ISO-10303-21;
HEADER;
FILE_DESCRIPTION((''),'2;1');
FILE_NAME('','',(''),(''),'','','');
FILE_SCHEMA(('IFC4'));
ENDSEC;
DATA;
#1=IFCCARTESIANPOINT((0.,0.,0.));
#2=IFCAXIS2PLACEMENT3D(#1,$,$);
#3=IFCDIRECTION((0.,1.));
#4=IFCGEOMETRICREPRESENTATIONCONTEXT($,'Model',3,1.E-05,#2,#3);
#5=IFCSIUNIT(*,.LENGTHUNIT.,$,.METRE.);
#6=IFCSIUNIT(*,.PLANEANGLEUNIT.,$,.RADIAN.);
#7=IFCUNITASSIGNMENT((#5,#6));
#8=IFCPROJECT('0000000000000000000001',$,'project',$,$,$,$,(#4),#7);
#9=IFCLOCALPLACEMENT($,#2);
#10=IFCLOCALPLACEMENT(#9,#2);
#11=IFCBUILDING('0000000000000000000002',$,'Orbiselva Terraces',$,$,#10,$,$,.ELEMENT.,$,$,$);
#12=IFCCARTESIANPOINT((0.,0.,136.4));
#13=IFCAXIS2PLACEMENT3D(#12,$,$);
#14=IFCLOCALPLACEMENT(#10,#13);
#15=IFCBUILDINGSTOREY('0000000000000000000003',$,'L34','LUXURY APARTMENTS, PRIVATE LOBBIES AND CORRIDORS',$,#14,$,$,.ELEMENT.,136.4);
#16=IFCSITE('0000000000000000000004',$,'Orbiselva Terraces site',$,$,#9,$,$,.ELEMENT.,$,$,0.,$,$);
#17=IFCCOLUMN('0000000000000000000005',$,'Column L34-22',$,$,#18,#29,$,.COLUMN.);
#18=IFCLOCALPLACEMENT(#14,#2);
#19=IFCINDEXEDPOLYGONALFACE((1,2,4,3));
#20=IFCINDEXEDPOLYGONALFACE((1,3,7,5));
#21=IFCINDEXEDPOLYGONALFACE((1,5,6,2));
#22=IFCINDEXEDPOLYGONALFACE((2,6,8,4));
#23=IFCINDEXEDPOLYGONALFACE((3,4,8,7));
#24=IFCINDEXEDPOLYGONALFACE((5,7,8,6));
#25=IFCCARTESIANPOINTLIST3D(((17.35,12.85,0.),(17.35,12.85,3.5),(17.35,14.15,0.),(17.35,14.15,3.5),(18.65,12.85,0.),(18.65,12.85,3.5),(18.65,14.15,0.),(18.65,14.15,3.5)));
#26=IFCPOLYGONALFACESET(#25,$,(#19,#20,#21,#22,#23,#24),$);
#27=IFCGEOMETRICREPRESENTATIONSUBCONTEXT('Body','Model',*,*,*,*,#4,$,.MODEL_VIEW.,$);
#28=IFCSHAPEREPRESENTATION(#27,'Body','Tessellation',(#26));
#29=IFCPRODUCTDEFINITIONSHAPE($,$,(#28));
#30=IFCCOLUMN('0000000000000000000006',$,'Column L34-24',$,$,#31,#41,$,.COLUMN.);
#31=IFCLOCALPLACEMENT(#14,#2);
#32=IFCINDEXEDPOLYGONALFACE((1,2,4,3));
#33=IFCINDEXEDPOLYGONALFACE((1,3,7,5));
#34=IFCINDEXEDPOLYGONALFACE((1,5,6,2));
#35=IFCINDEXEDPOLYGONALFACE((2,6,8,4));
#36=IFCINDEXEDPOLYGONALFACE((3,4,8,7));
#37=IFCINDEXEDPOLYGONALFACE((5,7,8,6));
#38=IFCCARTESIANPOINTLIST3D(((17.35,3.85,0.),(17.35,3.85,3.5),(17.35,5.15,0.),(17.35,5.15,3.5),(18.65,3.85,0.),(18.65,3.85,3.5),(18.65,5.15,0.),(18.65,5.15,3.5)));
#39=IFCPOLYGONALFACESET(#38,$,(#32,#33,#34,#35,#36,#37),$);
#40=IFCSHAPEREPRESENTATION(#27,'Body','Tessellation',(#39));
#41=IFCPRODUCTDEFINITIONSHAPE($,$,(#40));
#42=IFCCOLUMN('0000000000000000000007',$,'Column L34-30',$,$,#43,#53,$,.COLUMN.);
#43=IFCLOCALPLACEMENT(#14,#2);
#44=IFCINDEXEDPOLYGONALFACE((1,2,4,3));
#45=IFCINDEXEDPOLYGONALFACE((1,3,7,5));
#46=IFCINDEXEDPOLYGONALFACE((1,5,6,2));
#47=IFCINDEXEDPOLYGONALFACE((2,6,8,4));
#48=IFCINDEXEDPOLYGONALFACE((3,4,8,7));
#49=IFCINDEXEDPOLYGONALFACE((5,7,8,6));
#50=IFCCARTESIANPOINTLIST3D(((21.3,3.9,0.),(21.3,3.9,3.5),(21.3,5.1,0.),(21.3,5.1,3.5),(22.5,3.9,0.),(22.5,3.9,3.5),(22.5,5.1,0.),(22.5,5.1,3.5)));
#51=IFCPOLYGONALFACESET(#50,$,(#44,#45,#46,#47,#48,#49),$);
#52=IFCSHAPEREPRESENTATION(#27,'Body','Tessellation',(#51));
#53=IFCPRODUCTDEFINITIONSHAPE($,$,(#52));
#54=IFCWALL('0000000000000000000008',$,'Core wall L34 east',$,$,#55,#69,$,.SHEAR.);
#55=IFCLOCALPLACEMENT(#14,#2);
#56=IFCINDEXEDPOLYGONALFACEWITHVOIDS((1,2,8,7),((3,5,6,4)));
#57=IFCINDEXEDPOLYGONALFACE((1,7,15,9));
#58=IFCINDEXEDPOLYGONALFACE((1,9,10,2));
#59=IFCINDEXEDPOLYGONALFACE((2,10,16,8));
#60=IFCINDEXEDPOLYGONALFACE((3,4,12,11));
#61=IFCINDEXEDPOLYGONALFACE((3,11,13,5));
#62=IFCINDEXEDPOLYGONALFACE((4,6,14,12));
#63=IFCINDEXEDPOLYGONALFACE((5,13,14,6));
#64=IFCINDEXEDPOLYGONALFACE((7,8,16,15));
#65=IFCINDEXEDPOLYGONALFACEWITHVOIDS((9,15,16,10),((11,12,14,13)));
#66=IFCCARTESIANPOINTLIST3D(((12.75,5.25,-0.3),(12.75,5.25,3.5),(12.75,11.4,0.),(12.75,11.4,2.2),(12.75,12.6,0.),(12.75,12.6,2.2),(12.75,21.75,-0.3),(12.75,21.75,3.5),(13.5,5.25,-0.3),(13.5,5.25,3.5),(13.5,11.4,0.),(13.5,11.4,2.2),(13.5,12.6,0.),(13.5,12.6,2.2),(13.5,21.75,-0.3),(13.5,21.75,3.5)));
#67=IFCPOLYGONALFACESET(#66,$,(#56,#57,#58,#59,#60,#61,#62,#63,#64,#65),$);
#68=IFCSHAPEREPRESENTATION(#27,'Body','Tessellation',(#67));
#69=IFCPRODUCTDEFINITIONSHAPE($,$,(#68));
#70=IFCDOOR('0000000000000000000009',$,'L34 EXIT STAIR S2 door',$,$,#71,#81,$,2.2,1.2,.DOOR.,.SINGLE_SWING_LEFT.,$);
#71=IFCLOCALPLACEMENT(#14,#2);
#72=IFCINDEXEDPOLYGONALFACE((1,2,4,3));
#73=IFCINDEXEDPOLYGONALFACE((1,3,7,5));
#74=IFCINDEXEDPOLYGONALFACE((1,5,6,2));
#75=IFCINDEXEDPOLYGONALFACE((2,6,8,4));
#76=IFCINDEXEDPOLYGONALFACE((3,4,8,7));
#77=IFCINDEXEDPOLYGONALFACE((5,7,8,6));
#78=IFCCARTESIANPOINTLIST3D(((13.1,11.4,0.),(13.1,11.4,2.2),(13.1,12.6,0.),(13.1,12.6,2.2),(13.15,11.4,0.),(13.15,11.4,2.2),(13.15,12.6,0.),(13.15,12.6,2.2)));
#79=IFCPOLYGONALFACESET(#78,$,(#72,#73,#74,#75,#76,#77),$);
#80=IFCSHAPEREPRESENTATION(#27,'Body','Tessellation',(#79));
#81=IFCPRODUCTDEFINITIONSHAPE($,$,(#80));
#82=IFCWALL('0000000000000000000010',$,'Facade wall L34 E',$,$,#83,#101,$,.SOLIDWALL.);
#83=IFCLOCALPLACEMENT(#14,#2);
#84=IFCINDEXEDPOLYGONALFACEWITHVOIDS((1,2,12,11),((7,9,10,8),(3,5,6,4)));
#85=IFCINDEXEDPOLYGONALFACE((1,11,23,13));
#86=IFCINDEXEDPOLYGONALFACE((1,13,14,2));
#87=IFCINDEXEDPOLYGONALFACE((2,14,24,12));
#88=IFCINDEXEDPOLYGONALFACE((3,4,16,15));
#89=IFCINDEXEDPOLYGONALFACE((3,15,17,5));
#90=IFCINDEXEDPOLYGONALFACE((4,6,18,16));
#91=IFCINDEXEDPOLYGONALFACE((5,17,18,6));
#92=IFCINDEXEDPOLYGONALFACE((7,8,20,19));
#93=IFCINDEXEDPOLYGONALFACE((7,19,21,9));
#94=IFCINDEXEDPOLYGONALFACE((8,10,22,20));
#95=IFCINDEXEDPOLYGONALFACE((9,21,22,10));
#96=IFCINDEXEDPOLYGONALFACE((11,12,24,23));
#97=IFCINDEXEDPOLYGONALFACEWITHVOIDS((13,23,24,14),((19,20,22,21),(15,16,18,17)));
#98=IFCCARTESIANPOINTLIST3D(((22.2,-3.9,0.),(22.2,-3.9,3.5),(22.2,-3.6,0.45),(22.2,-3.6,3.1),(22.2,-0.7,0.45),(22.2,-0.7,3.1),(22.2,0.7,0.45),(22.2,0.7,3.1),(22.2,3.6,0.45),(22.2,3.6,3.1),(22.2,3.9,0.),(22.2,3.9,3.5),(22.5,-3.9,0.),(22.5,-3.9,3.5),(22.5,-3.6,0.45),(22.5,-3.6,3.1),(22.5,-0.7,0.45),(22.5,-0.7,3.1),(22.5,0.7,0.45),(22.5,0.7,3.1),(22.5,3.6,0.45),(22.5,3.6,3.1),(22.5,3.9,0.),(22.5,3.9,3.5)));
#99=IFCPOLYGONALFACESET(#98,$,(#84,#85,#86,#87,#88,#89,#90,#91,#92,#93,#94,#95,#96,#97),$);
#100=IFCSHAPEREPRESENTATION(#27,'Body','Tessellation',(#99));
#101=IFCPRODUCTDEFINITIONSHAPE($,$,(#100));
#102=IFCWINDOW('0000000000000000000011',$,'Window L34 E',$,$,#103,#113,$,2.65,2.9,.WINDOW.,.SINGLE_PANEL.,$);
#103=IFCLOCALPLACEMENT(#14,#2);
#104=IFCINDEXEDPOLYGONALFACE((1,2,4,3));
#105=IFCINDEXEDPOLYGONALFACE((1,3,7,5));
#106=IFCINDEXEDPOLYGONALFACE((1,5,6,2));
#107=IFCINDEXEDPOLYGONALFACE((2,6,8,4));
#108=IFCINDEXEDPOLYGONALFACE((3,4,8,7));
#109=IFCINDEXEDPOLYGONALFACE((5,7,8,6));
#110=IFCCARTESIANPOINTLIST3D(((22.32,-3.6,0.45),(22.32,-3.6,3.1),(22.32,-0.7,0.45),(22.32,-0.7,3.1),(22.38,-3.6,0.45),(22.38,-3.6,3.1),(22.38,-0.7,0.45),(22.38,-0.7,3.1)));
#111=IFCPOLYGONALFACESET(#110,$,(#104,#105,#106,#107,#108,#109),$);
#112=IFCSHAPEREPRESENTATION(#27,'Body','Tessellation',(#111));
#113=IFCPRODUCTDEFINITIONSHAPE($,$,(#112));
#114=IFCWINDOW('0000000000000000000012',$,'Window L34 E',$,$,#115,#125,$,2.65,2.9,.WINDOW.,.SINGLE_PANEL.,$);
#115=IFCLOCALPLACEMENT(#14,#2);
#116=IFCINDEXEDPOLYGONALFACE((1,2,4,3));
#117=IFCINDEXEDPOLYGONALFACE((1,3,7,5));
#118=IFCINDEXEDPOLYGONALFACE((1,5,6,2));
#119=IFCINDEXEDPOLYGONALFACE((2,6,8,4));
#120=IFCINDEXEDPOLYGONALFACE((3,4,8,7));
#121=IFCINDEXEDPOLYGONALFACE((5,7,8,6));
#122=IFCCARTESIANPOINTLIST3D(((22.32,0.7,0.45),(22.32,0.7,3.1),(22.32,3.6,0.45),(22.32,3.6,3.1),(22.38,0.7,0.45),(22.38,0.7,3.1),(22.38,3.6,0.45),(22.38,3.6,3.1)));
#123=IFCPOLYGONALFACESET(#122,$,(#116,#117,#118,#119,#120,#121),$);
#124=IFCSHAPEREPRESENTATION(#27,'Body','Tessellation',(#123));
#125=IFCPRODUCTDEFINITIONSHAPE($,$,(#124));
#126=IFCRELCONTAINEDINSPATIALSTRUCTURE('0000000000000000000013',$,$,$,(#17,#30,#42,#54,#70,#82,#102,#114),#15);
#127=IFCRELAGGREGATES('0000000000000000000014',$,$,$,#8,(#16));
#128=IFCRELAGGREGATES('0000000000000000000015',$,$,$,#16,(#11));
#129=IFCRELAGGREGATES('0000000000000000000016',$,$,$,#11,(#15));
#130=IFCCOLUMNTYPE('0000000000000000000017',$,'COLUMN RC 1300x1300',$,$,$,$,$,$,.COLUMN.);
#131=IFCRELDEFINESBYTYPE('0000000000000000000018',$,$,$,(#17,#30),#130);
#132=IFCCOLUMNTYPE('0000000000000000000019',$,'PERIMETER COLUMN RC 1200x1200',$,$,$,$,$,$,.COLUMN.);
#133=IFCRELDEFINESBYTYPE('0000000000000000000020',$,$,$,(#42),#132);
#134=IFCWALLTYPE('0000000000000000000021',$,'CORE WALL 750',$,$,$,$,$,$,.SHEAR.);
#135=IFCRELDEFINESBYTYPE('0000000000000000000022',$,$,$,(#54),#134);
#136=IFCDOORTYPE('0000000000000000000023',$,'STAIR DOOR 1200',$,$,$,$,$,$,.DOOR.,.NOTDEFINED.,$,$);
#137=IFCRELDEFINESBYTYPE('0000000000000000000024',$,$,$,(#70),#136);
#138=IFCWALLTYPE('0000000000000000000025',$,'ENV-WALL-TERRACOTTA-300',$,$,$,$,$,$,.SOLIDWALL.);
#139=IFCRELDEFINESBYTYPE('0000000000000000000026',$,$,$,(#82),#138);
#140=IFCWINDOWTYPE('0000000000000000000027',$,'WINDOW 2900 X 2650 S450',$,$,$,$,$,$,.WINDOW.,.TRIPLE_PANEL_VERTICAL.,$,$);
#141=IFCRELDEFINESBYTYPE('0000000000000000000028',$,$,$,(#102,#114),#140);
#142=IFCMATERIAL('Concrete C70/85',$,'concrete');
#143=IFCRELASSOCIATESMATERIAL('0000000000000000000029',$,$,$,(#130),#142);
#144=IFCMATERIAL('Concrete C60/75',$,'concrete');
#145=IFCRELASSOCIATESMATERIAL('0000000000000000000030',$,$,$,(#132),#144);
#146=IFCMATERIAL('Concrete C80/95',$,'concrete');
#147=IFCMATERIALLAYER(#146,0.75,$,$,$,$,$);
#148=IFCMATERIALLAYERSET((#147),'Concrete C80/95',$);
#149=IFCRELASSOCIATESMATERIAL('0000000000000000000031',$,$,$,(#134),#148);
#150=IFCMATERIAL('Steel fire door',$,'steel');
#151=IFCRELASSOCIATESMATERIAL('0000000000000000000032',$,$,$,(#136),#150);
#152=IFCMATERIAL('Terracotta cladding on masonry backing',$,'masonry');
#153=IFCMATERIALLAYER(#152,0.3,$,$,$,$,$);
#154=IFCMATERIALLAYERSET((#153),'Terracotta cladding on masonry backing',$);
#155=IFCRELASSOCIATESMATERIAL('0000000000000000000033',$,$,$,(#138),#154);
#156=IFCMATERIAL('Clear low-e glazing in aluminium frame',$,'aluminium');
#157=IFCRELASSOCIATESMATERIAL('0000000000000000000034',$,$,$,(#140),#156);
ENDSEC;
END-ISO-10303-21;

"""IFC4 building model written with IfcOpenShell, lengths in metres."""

from ifc_helpers import new_model, si_unit, direction, frame, frame_2d, origin, origin_2d, place, context, subcontext, project, spatial, rectangle, extrude, material, layer, layer_set, material_profile, profile_set, type_object, element, fill, save


model = new_model("IFC4")

# Units and contexts
model_context = context("Model", 3, precision=1e-05, world=origin(), true_north=direction((0.0, 1.0)))
body_context = subcontext(model_context, "Body", "Model", "MODEL_VIEW")
ifc_project = project(units=[si_unit("LENGTHUNIT", "METRE"), si_unit("PLANEANGLEUNIT", "RADIAN")], contexts=[model_context])

# Site, building, storey
site_placement = place(None, origin())
site = spatial("IfcSite", under=ifc_project, at=site_placement, Name="Orbiselva Terraces site", CompositionType="ELEMENT", RefElevation=0.0)
building_placement = place(site_placement, origin())
building = spatial("IfcBuilding", under=site, at=building_placement, Name="Orbiselva Terraces", CompositionType="ELEMENT")
storey_placement = place(building_placement, frame((0.0, 0.0, 136.4)))
storey = spatial("IfcBuildingStorey", under=building, at=storey_placement, Name="L34", Description="LUXURY APARTMENTS, PRIVATE LOBBIES AND CORRIDORS", CompositionType="ELEMENT", Elevation=136.4)

# Columns
ifc_material_1 = material(Name="Concrete C70/85", Category="concrete")
ifc_material_profile_1 = material_profile(ifc_material_1, rectangle(XDim=1.3, YDim=1.3, at=origin_2d()), Name="RC 1300x1300")
ifc_profile_set_1 = profile_set([ifc_material_profile_1], Name="Concrete C70/85")
column_type_1 = type_object("IfcColumnType", Name="COLUMN RC 1300x1300", PredefinedType="COLUMN", material=ifc_profile_set_1)
for number, where, z_axis, x_axis, name in (
    (1, (18.0, 13.5, 0.0), (0.0, 0.0, 1.0), (1.0, 0.0, 0.0), "Column L34-22"),
    (2, (18.0, 4.5, 0.0), (0.0, 0.0, 1.0), (1.0, 0.0, 0.0), "Column L34-24"),
):
    element("IfcColumn", number, at=place(storey_placement, frame(where, z_axis=z_axis, x_axis=x_axis)), inside=storey, type_object=column_type_1, Name=name, PredefinedType="COLUMN", context=body_context, shape_type="SweptSolid", body=[
        extrude(rectangle(XDim=1.3, YDim=1.3, at=origin_2d()), origin(), (0.0, 0.0, 1.0), 3.5),
    ])
ifc_material_2 = material(Name="Concrete C60/75", Category="concrete")
ifc_material_profile_2 = material_profile(ifc_material_2, rectangle(XDim=1.2, YDim=1.2, at=origin_2d()), Name="RC 1200x1200")
ifc_profile_set_2 = profile_set([ifc_material_profile_2], Name="Concrete C60/75")
column_type_2 = type_object("IfcColumnType", Name="PERIMETER COLUMN RC 1200x1200", PredefinedType="COLUMN", material=ifc_profile_set_2)
column_placement = place(storey_placement, frame((21.9, 4.5, 0.0), z_axis=(0.0, 0.0, 1.0), x_axis=(1.0, 0.0, 0.0)))
element("IfcColumn", 3, at=column_placement, inside=storey, type_object=column_type_2, Name="Column L34-30", PredefinedType="COLUMN", context=body_context, shape_type="SweptSolid", body=[
    extrude(rectangle(XDim=1.2, YDim=1.2, at=origin_2d()), origin(), (0.0, 0.0, 1.0), 3.5),
])

# Wall, opening, door
ifc_material_3 = material(Name="Concrete C80/95", Category="concrete")
ifc_layer_1 = layer(ifc_material_3, 0.75)
ifc_layer_set_1 = layer_set([ifc_layer_1], Name="Concrete C80/95")
wall_type_1 = type_object("IfcWallType", Name="CORE WALL 750", PredefinedType="SHEAR", material=ifc_layer_set_1)
wall_1_placement = place(storey_placement, frame((13.125, 5.25, -0.3), z_axis=(0.0, 0.0, 1.0), x_axis=(0.0, 1.0, 0.0)))
wall_1 = element("IfcWall", 4, at=wall_1_placement, inside=storey, type_object=wall_type_1, Name="Core wall L34 east", PredefinedType="SHEAR", context=body_context, shape_type="SweptSolid", body=[
    extrude(rectangle(XDim=16.5, YDim=0.75, at=frame_2d((8.25, 0.0))), origin(), (0.0, 0.0, 1.0), 3.8),
])
opening_1_placement = place(wall_1_placement, frame((6.15, 0.0, 0.3)))
opening_1 = element("IfcOpeningElement", 5, at=opening_1_placement, cuts=wall_1, PredefinedType="OPENING", context=body_context, shape_type="SweptSolid", body=[
    extrude(rectangle(XDim=1.2, YDim=2.2, at=frame_2d((0.6, 1.1))), frame((0.0, 0.385, 0.0), z_axis=(0.0, -1.0, 0.0), x_axis=(1.0, 0.0, 0.0)), (0.0, 0.0, 1.0), 0.77),
])
ifc_material_4 = material(Name="Steel fire door", Category="steel")
door_type_1 = type_object("IfcDoorType", Name="STAIR DOOR 1200", OperationType="NOTDEFINED", PredefinedType="DOOR", material=ifc_material_4)
door_1_placement = place(opening_1_placement, frame((1.2, 0.0, 0.0), z_axis=(0.0, 0.0, 1.0), x_axis=(-1.0, 0.0, 0.0)))
door_1 = element("IfcDoor", 6, at=door_1_placement, inside=storey, type_object=door_type_1, Name="L34 EXIT STAIR S2 door", OperationType="SINGLE_SWING_LEFT", OverallHeight=2.2, OverallWidth=1.2, PredefinedType="DOOR", context=body_context, shape_type="SweptSolid", body=[
    extrude(rectangle(XDim=1.2, YDim=2.2, at=frame_2d((0.6, 1.1))), frame((0.0, 0.025, 0.0), z_axis=(0.0, -1.0, 0.0), x_axis=(1.0, 0.0, 0.0)), (0.0, 0.0, 1.0), 0.05),
])
fill(opening_1, door_1)

# Wall, openings, windows
ifc_material_5 = material(Name="Terracotta cladding on masonry backing", Category="masonry")
ifc_layer_2 = layer(ifc_material_5, 0.3)
ifc_layer_set_2 = layer_set([ifc_layer_2], Name="Terracotta cladding on masonry backing")
wall_type_2 = type_object("IfcWallType", Name="ENV-WALL-TERRACOTTA-300", PredefinedType="SOLIDWALL", material=ifc_layer_set_2)
wall_2_placement = place(storey_placement, frame((22.35, 3.9, 0.0), z_axis=(0.0, 0.0, 1.0), x_axis=(0.0, -1.0, 0.0)))
wall_2 = element("IfcWall", 7, at=wall_2_placement, inside=storey, type_object=wall_type_2, Name="Facade wall L34 E", PredefinedType="SOLIDWALL", context=body_context, shape_type="SweptSolid", body=[
    extrude(rectangle(XDim=7.8, YDim=0.3, at=frame_2d((3.9, 0.0))), origin(), (0.0, 0.0, 1.0), 3.5),
])
opening_2_placement = place(wall_2_placement, frame((4.6, 0.0, 0.45)))
opening_2 = element("IfcOpeningElement", 8, at=opening_2_placement, cuts=wall_2, PredefinedType="OPENING", context=body_context, shape_type="SweptSolid", body=[
    extrude(rectangle(XDim=2.9, YDim=2.65, at=frame_2d((1.45, 1.325))), frame((0.0, 0.16, 0.0), z_axis=(0.0, -1.0, 0.0), x_axis=(1.0, 0.0, 0.0)), (0.0, 0.0, 1.0), 0.32),
])
opening_3_placement = place(wall_2_placement, frame((0.3, 0.0, 0.45)))
opening_3 = element("IfcOpeningElement", 9, at=opening_3_placement, cuts=wall_2, PredefinedType="OPENING", context=body_context, shape_type="SweptSolid", body=[
    extrude(rectangle(XDim=2.9, YDim=2.65, at=frame_2d((1.45, 1.325))), frame((0.0, 0.16, 0.0), z_axis=(0.0, -1.0, 0.0), x_axis=(1.0, 0.0, 0.0)), (0.0, 0.0, 1.0), 0.32),
])
ifc_material_6 = material(Name="Clear low-e glazing in aluminium frame", Category="aluminium")
window_type = type_object("IfcWindowType", Name="WINDOW 2900 X 2650 S450", PartitioningType="TRIPLE_PANEL_VERTICAL", PredefinedType="WINDOW", material=ifc_material_6)
window_1_placement = place(opening_2_placement, origin())
window_1 = element("IfcWindow", 10, at=window_1_placement, inside=storey, type_object=window_type, Name="Window L34 E", OverallHeight=2.65, OverallWidth=2.9, PartitioningType="SINGLE_PANEL", PredefinedType="WINDOW", context=body_context, shape_type="SweptSolid", body=[
    extrude(rectangle(XDim=2.9, YDim=2.65, at=frame_2d((1.45, 1.325))), frame((0.0, 0.03, 0.0), z_axis=(0.0, -1.0, 0.0), x_axis=(1.0, 0.0, 0.0)), (0.0, 0.0, 1.0), 0.06),
])
fill(opening_2, window_1)
window_2_placement = place(opening_3_placement, origin())
window_2 = element("IfcWindow", 11, at=window_2_placement, inside=storey, type_object=window_type, Name="Window L34 E", OverallHeight=2.65, OverallWidth=2.9, PartitioningType="SINGLE_PANEL", PredefinedType="WINDOW", context=body_context, shape_type="SweptSolid", body=[
    extrude(rectangle(XDim=2.9, YDim=2.65, at=frame_2d((1.45, 1.325))), frame((0.0, 0.03, 0.0), z_axis=(0.0, -1.0, 0.0), x_axis=(1.0, 0.0, 0.0)), (0.0, 0.0, 1.0), 0.06),
])
fill(opening_3, window_2)

save(model, "model.ifc")
